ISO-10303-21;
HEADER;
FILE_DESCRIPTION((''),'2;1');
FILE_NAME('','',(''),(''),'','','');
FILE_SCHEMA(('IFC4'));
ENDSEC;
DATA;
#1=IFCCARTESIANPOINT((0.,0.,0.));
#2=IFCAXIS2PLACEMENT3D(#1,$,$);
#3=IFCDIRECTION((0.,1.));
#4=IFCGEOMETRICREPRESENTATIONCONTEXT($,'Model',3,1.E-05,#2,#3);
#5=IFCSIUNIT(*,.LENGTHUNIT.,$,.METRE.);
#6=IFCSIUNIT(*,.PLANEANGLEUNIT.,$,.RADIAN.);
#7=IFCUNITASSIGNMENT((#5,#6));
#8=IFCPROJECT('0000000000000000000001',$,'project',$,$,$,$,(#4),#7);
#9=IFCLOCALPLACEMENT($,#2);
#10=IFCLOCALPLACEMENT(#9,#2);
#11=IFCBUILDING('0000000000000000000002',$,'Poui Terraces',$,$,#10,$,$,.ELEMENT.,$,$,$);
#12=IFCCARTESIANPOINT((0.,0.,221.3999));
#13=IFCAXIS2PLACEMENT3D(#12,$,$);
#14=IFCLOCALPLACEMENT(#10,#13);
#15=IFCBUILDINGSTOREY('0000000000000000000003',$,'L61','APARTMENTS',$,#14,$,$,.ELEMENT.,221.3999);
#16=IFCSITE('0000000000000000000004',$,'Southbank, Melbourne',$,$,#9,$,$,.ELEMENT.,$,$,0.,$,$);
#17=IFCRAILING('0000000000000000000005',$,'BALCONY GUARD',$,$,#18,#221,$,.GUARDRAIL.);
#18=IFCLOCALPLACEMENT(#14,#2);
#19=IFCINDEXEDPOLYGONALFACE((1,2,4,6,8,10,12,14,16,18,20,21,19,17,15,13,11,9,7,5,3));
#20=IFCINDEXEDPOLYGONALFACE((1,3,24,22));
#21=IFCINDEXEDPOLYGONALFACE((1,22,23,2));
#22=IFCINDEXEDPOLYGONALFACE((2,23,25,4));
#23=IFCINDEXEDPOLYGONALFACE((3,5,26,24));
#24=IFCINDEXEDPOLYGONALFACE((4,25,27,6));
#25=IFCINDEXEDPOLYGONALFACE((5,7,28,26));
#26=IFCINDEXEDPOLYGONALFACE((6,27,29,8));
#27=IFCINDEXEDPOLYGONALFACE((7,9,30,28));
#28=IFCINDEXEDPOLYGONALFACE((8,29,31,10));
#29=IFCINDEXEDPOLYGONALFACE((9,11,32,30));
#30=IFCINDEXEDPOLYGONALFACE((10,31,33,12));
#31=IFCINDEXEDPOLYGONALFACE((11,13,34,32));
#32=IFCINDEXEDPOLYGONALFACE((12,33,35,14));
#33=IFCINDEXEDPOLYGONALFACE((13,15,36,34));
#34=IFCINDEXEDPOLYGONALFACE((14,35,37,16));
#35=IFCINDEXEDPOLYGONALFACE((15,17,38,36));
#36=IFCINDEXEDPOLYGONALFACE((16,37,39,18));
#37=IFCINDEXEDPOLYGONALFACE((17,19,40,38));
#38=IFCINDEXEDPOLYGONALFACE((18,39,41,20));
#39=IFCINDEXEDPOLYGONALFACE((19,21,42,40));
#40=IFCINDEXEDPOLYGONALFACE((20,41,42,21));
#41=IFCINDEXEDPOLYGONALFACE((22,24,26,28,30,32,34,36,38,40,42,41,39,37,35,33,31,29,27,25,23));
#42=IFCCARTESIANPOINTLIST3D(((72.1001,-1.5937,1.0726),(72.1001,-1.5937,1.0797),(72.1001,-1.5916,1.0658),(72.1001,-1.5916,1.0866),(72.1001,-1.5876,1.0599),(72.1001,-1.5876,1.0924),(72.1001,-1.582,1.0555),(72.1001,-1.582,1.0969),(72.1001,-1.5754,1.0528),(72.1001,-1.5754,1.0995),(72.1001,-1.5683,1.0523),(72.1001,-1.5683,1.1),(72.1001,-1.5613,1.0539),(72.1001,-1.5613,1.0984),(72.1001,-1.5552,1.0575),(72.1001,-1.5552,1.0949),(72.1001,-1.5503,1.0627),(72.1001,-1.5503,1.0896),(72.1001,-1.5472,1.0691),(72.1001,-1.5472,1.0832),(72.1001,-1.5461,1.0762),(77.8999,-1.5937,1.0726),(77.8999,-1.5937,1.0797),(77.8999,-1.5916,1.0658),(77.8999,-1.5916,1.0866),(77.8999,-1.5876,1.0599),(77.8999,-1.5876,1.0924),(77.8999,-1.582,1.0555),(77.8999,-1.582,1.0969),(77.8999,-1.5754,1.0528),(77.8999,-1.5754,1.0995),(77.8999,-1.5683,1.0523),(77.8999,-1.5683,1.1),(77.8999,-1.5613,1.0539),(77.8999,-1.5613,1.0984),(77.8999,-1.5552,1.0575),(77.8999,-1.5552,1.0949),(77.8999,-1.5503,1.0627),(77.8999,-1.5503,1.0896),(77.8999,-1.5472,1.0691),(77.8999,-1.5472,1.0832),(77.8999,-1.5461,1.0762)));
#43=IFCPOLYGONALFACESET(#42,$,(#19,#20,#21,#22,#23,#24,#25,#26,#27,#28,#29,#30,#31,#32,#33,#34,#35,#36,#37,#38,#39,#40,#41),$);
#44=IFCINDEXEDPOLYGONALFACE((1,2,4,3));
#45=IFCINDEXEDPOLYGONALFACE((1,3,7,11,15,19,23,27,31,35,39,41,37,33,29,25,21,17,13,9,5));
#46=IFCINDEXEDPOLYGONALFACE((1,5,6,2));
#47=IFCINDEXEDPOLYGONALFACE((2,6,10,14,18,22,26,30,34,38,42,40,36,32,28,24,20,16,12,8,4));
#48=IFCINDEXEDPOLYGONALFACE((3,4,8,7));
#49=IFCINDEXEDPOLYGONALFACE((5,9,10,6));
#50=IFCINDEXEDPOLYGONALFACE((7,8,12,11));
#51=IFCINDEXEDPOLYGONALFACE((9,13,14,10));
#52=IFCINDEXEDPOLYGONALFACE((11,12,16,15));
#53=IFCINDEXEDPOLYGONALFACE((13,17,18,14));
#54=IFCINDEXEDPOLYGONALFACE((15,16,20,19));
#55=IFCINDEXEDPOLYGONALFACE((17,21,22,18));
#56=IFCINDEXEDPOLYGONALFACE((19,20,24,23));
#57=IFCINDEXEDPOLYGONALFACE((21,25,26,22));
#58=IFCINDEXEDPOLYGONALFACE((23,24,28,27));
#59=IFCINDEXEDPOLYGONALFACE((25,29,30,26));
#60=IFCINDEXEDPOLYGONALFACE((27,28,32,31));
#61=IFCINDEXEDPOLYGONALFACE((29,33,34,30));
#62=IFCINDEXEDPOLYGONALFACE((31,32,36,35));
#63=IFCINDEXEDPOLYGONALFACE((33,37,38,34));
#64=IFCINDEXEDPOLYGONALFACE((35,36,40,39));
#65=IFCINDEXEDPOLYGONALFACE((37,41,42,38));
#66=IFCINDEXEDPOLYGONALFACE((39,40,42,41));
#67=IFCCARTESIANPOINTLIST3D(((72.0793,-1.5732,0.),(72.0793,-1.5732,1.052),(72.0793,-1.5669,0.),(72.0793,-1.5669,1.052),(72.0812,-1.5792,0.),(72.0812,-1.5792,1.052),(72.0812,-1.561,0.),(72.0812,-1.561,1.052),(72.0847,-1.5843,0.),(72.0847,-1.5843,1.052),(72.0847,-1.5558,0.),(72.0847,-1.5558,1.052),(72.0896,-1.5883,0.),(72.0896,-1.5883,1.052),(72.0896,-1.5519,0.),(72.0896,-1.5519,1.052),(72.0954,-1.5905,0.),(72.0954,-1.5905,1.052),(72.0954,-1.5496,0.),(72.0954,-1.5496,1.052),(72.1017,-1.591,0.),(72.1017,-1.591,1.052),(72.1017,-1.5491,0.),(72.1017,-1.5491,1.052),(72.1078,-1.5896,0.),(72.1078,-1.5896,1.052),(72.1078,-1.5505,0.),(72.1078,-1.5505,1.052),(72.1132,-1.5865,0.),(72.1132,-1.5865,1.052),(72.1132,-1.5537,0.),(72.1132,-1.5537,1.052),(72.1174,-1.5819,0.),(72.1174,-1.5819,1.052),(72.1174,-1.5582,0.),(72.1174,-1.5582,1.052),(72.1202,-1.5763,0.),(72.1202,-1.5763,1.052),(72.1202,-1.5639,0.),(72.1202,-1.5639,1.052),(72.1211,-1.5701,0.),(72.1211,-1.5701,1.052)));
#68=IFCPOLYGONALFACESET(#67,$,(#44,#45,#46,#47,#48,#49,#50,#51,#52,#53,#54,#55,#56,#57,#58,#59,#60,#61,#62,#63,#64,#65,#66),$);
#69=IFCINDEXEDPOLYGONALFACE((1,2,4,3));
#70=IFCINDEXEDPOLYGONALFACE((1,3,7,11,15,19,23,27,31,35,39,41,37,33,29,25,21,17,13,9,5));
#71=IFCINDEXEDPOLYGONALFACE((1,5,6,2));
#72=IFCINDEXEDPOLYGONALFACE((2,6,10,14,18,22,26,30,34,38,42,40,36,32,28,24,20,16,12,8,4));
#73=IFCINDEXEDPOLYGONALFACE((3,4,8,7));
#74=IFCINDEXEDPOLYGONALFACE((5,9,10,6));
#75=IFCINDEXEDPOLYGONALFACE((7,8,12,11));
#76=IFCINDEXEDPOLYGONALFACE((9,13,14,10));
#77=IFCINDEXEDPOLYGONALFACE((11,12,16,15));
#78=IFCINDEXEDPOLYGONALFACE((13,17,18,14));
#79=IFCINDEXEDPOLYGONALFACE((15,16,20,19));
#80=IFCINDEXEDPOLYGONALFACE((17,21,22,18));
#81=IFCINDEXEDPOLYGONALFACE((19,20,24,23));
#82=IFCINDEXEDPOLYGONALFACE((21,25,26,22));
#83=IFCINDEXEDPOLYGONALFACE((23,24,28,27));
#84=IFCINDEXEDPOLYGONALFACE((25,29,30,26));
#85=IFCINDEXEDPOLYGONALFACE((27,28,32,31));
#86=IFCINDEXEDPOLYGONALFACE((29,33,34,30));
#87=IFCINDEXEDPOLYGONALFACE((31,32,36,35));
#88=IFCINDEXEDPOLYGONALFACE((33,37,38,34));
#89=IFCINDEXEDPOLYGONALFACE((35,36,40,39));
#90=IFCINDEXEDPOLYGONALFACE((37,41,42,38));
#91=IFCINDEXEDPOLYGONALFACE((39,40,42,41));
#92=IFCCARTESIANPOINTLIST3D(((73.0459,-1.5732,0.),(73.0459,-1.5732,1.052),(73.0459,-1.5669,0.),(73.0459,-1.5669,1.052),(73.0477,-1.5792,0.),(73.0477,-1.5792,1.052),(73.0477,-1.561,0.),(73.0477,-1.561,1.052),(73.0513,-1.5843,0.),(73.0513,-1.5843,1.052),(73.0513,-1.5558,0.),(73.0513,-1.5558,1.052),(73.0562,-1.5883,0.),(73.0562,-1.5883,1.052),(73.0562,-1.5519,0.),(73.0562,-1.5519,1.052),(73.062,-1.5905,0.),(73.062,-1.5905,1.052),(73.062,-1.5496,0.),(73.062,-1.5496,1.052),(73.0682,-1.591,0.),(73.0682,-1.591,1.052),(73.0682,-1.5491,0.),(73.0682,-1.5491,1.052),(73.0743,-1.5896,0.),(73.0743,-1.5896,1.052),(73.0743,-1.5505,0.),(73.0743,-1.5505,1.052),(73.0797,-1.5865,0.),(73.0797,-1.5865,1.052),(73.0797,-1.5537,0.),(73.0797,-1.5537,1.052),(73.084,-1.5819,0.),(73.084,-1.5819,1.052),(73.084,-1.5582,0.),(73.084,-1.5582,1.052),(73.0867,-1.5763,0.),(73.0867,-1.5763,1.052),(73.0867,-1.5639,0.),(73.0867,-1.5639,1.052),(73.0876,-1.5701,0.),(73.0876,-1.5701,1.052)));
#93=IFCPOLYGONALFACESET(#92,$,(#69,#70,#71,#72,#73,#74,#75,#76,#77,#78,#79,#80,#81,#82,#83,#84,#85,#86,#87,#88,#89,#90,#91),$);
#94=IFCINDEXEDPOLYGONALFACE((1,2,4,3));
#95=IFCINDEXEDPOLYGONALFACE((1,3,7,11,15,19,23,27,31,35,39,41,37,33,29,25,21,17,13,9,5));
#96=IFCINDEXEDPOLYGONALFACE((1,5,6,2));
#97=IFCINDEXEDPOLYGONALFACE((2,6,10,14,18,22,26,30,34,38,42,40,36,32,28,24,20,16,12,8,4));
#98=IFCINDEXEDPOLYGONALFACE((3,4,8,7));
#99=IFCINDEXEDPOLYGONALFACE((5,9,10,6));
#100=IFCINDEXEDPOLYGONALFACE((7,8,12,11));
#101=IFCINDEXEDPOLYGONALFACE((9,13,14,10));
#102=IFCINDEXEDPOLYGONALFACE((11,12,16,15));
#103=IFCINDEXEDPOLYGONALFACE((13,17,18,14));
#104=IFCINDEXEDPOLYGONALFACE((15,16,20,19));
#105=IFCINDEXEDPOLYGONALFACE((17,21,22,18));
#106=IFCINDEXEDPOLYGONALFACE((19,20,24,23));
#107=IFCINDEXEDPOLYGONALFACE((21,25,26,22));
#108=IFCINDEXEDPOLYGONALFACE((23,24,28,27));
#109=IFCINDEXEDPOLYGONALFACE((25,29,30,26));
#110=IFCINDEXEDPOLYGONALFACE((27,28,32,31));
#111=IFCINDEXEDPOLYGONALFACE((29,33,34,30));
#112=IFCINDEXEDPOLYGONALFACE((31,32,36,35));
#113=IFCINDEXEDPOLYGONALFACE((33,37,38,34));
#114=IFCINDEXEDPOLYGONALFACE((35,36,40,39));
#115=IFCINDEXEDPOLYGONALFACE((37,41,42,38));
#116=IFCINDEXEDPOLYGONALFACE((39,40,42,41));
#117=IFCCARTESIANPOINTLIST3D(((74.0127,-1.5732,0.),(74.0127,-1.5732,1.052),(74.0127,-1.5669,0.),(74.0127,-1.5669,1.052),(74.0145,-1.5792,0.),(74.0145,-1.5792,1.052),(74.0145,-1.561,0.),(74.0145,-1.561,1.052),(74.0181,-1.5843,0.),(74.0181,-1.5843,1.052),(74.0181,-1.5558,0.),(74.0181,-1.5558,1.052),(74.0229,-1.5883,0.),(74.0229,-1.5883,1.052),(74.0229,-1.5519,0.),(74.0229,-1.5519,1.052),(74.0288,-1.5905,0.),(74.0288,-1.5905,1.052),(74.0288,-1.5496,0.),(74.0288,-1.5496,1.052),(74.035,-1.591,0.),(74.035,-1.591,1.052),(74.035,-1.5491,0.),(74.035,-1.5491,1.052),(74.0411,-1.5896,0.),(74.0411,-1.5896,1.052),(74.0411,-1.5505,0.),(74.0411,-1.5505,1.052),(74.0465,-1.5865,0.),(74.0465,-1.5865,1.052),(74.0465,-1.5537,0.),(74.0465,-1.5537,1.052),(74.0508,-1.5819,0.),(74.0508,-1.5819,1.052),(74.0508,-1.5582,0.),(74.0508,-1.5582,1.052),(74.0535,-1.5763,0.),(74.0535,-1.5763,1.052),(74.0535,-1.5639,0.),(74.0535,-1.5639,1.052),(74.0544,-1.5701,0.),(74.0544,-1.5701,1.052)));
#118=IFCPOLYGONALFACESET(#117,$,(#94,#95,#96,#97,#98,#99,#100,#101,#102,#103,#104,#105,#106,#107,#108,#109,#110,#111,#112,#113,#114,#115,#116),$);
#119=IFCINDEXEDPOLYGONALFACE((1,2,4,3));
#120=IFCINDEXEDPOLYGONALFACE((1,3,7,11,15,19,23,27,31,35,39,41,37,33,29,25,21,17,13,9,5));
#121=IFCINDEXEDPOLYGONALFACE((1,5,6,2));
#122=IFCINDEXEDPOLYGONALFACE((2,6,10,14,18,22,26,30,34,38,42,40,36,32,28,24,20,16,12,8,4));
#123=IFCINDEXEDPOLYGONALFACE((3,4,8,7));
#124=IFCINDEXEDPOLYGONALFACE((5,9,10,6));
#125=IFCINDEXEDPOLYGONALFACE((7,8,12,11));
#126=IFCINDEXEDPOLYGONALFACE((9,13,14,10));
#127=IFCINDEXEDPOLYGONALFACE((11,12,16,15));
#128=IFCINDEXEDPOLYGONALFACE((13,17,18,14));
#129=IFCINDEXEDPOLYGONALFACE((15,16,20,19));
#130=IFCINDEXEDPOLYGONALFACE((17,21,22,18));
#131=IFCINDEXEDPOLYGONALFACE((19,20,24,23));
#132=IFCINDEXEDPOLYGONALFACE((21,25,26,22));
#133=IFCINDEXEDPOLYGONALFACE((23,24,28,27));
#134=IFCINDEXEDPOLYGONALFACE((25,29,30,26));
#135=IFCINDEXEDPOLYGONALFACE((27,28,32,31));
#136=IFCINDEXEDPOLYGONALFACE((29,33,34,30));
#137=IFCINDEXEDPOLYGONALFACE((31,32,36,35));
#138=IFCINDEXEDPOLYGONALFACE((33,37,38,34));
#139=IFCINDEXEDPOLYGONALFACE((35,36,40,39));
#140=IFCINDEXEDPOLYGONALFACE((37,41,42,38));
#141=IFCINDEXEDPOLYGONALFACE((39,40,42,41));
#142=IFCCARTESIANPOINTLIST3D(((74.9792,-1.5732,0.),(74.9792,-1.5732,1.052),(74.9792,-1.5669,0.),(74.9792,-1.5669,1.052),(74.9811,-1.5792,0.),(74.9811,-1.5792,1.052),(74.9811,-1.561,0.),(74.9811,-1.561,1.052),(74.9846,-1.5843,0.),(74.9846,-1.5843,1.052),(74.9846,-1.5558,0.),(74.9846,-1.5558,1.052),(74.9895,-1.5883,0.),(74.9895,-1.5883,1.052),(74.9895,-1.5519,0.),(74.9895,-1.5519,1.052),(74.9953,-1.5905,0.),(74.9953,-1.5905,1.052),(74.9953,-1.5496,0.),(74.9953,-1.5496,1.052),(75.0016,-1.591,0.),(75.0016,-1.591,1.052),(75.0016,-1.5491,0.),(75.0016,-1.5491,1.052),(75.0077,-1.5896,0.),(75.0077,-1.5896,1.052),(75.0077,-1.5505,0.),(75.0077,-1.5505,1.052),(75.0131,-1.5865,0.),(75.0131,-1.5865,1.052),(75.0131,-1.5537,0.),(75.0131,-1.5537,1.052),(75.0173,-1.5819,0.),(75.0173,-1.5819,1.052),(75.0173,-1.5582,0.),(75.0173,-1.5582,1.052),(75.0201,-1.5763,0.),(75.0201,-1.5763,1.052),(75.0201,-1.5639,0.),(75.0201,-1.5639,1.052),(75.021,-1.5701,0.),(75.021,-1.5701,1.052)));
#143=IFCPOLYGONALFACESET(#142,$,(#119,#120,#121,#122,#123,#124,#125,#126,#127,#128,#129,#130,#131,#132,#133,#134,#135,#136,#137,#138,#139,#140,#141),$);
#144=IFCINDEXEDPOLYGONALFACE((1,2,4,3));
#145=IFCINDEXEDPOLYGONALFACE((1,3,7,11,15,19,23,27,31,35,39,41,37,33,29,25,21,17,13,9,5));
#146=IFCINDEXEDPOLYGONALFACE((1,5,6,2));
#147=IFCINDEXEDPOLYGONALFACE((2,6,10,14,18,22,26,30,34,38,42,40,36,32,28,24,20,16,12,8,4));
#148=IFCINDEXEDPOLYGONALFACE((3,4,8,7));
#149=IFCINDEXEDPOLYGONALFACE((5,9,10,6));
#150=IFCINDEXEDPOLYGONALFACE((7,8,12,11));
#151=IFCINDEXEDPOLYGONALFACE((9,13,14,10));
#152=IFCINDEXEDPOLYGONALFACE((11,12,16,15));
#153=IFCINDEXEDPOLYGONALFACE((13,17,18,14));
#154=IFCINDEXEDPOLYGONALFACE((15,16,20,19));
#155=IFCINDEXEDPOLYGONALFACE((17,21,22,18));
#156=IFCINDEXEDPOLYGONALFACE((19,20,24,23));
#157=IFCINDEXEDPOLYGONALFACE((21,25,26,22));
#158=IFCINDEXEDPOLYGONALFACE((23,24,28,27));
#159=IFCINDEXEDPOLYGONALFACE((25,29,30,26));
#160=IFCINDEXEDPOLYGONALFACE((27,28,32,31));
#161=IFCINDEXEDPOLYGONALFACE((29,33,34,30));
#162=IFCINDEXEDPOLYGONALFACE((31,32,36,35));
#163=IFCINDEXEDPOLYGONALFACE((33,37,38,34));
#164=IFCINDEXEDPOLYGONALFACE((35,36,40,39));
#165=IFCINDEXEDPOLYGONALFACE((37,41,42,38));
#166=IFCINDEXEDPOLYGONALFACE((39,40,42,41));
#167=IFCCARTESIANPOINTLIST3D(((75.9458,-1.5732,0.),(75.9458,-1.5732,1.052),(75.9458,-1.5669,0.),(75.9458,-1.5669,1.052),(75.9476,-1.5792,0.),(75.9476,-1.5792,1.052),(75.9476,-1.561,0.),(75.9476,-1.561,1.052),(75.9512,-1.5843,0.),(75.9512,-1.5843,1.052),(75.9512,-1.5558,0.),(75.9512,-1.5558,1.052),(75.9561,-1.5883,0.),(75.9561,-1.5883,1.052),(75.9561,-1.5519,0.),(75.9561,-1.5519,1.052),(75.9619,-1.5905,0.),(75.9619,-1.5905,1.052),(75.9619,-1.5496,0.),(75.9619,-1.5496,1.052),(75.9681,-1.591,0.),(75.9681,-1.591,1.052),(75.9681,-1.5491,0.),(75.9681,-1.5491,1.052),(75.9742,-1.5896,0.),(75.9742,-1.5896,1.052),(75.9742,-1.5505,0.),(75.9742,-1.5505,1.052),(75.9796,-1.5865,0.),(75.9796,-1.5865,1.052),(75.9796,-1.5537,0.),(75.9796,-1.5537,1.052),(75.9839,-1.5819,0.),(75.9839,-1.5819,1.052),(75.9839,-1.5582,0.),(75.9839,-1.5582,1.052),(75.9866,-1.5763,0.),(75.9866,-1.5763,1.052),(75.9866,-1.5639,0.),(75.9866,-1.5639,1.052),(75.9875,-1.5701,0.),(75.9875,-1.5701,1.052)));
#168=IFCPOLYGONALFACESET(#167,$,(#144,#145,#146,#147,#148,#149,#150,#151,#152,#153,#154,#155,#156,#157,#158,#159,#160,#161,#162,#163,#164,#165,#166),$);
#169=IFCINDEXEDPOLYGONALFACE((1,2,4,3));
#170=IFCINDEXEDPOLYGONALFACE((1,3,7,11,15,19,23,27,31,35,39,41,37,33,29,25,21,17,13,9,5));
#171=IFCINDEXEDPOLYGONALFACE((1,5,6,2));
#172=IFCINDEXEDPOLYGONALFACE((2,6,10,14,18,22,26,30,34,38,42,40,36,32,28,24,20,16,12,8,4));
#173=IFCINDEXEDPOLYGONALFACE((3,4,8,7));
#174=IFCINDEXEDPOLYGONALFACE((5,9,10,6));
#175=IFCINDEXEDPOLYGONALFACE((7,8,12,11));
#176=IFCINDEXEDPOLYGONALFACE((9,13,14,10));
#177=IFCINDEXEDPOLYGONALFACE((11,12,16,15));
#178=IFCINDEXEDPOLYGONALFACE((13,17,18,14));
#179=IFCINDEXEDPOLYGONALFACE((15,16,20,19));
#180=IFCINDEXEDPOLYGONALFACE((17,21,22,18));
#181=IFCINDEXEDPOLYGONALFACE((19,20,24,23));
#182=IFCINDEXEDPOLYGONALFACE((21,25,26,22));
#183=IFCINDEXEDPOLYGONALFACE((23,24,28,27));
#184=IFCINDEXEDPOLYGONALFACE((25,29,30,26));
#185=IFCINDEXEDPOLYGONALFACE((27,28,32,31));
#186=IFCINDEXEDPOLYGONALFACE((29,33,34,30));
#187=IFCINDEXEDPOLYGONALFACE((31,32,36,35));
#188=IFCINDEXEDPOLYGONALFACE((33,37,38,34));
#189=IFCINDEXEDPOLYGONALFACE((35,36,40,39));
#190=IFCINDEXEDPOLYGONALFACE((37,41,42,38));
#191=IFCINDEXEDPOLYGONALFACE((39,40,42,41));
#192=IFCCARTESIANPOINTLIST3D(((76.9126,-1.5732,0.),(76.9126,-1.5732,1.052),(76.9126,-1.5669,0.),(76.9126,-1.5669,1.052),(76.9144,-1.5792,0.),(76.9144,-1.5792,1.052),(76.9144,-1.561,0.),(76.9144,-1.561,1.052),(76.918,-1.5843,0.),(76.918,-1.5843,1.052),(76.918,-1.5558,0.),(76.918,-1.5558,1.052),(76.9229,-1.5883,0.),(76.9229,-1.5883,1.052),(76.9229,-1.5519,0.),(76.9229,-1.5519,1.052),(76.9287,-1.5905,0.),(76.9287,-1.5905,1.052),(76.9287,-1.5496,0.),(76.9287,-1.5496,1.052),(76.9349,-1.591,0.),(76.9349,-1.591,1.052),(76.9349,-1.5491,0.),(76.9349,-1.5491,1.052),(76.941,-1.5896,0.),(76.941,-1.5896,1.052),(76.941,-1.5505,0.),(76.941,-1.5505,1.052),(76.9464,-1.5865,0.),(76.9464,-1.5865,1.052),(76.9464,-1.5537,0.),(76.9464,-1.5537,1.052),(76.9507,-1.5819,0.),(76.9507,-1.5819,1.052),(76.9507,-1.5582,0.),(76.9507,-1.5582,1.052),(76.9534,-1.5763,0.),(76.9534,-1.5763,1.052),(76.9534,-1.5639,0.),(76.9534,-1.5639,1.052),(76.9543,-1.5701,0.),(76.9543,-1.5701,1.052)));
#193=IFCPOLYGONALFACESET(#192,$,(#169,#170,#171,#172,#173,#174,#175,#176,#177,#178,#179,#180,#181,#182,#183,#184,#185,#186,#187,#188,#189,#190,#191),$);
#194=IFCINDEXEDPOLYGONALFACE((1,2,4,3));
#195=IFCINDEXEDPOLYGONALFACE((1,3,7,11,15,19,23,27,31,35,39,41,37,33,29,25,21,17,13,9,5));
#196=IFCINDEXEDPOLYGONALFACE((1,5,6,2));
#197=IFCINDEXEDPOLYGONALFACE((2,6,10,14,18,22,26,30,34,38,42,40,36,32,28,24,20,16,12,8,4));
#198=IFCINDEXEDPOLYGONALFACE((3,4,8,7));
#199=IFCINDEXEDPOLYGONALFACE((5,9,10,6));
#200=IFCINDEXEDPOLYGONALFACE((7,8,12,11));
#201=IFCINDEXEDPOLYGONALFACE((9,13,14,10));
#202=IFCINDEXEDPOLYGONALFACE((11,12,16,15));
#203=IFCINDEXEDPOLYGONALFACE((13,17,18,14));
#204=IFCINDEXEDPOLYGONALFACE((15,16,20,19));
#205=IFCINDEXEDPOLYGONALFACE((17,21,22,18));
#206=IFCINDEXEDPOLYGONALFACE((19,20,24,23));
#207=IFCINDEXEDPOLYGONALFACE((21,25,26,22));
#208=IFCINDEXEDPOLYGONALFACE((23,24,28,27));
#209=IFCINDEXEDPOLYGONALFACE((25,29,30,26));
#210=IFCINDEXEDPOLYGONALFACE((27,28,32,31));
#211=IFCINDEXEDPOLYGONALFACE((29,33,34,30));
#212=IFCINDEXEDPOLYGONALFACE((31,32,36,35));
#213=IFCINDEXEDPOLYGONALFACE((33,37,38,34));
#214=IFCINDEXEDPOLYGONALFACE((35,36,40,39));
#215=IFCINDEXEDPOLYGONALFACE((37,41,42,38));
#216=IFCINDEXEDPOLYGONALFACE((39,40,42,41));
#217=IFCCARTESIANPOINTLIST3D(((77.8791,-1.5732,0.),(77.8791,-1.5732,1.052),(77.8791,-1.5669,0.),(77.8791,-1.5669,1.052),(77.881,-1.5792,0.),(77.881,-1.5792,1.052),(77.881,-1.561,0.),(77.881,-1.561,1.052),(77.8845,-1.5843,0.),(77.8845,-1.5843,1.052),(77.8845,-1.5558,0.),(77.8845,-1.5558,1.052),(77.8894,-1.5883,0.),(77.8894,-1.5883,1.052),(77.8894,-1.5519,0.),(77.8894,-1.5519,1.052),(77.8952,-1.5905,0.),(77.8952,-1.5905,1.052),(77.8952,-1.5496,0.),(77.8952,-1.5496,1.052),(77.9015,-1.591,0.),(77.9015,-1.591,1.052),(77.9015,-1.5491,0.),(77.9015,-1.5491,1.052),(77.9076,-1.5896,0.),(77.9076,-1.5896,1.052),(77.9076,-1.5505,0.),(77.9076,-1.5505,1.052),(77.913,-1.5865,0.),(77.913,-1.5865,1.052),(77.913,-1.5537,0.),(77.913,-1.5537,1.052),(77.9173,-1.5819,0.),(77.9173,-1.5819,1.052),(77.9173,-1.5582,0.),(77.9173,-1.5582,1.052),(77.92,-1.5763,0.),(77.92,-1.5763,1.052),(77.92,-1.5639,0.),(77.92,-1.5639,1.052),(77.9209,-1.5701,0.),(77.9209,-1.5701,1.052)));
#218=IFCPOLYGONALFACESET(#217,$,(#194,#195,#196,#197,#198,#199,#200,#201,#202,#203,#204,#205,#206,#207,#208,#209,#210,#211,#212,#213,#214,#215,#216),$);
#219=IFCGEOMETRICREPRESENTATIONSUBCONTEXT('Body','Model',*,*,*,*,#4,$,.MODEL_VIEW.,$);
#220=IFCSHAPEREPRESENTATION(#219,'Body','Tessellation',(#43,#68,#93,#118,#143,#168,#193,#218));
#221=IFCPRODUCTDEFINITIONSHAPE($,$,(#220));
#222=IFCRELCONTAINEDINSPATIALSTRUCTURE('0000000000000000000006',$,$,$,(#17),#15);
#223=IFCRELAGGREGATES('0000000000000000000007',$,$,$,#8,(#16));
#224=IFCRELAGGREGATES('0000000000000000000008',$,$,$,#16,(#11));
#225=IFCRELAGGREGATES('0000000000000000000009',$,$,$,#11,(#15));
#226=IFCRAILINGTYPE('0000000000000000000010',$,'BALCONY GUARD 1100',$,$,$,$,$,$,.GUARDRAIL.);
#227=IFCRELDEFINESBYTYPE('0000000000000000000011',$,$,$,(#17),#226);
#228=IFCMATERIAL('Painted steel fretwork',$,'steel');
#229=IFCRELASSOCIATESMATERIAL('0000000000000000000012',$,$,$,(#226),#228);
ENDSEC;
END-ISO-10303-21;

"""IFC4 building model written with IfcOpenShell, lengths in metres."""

from ifc_helpers import new_model, si_unit, direction, frame, origin, origin_2d, place, context, subcontext, project, spatial, circle, extrude, material, type_object, element, save


model = new_model("IFC4")

# Units and contexts
model_context = context("Model", 3, precision=1e-05, world=origin(), true_north=direction((0.0, 1.0)))
body_context = subcontext(model_context, "Body", "Model", "MODEL_VIEW")
ifc_project = project(units=[si_unit("LENGTHUNIT", "METRE"), si_unit("PLANEANGLEUNIT", "RADIAN")], contexts=[model_context])

# Site, building, storey
site_placement = place(None, origin())
site = spatial("IfcSite", under=ifc_project, at=site_placement, Name="Southbank, Melbourne", CompositionType="ELEMENT", RefElevation=0.0)
building_placement = place(site_placement, origin())
building = spatial("IfcBuilding", under=site, at=building_placement, Name="Poui Terraces", CompositionType="ELEMENT")
storey_placement = place(building_placement, frame((0.0, 0.0, 221.3999)))
storey = spatial("IfcBuildingStorey", under=building, at=storey_placement, Name="L61", Description="APARTMENTS", CompositionType="ELEMENT", Elevation=221.3999)

# Railing
ifc_material_1 = material(Name="Painted steel fretwork", Category="steel")
railing_type = type_object("IfcRailingType", Name="BALCONY GUARD 1100", PredefinedType="GUARDRAIL", material=ifc_material_1)
railing_placement = place(storey_placement, frame((72.1001, -1.5701, 0.0)))
element("IfcRailing", 1, at=railing_placement, inside=storey, type_object=railing_type, Name="BALCONY GUARD", PredefinedType="GUARDRAIL", context=body_context, shape_type="SweptSolid", body=[
    extrude(circle(Radius=0.0239, at=origin_2d()), frame((0.0, 0.0, 1.0762), z_axis=(1.0, 0.0, 0.0), x_axis=(0.0, 1.0, 0.0)), (0.0, 0.0, 1.0), 5.7998),
    extrude(circle(Radius=0.021, at=origin_2d()), origin(), (0.0, 0.0, 1.0), 1.052),
    extrude(circle(Radius=0.021, at=origin_2d()), frame((0.9666, 0.0, 0.0)), (0.0, 0.0, 1.0), 1.052),
    extrude(circle(Radius=0.021, at=origin_2d()), frame((1.9333, 0.0, 0.0)), (0.0, 0.0, 1.0), 1.052),
    extrude(circle(Radius=0.021, at=origin_2d()), frame((2.8999, 0.0, 0.0)), (0.0, 0.0, 1.0), 1.052),
    extrude(circle(Radius=0.021, at=origin_2d()), frame((3.8665, 0.0, 0.0)), (0.0, 0.0, 1.0), 1.052),
    extrude(circle(Radius=0.021, at=origin_2d()), frame((4.8333, 0.0, 0.0)), (0.0, 0.0, 1.0), 1.052),
    extrude(circle(Radius=0.021, at=origin_2d()), frame((5.7998, 0.0, 0.0)), (0.0, 0.0, 1.0), 1.052),
])

save(model, "model.ifc")
